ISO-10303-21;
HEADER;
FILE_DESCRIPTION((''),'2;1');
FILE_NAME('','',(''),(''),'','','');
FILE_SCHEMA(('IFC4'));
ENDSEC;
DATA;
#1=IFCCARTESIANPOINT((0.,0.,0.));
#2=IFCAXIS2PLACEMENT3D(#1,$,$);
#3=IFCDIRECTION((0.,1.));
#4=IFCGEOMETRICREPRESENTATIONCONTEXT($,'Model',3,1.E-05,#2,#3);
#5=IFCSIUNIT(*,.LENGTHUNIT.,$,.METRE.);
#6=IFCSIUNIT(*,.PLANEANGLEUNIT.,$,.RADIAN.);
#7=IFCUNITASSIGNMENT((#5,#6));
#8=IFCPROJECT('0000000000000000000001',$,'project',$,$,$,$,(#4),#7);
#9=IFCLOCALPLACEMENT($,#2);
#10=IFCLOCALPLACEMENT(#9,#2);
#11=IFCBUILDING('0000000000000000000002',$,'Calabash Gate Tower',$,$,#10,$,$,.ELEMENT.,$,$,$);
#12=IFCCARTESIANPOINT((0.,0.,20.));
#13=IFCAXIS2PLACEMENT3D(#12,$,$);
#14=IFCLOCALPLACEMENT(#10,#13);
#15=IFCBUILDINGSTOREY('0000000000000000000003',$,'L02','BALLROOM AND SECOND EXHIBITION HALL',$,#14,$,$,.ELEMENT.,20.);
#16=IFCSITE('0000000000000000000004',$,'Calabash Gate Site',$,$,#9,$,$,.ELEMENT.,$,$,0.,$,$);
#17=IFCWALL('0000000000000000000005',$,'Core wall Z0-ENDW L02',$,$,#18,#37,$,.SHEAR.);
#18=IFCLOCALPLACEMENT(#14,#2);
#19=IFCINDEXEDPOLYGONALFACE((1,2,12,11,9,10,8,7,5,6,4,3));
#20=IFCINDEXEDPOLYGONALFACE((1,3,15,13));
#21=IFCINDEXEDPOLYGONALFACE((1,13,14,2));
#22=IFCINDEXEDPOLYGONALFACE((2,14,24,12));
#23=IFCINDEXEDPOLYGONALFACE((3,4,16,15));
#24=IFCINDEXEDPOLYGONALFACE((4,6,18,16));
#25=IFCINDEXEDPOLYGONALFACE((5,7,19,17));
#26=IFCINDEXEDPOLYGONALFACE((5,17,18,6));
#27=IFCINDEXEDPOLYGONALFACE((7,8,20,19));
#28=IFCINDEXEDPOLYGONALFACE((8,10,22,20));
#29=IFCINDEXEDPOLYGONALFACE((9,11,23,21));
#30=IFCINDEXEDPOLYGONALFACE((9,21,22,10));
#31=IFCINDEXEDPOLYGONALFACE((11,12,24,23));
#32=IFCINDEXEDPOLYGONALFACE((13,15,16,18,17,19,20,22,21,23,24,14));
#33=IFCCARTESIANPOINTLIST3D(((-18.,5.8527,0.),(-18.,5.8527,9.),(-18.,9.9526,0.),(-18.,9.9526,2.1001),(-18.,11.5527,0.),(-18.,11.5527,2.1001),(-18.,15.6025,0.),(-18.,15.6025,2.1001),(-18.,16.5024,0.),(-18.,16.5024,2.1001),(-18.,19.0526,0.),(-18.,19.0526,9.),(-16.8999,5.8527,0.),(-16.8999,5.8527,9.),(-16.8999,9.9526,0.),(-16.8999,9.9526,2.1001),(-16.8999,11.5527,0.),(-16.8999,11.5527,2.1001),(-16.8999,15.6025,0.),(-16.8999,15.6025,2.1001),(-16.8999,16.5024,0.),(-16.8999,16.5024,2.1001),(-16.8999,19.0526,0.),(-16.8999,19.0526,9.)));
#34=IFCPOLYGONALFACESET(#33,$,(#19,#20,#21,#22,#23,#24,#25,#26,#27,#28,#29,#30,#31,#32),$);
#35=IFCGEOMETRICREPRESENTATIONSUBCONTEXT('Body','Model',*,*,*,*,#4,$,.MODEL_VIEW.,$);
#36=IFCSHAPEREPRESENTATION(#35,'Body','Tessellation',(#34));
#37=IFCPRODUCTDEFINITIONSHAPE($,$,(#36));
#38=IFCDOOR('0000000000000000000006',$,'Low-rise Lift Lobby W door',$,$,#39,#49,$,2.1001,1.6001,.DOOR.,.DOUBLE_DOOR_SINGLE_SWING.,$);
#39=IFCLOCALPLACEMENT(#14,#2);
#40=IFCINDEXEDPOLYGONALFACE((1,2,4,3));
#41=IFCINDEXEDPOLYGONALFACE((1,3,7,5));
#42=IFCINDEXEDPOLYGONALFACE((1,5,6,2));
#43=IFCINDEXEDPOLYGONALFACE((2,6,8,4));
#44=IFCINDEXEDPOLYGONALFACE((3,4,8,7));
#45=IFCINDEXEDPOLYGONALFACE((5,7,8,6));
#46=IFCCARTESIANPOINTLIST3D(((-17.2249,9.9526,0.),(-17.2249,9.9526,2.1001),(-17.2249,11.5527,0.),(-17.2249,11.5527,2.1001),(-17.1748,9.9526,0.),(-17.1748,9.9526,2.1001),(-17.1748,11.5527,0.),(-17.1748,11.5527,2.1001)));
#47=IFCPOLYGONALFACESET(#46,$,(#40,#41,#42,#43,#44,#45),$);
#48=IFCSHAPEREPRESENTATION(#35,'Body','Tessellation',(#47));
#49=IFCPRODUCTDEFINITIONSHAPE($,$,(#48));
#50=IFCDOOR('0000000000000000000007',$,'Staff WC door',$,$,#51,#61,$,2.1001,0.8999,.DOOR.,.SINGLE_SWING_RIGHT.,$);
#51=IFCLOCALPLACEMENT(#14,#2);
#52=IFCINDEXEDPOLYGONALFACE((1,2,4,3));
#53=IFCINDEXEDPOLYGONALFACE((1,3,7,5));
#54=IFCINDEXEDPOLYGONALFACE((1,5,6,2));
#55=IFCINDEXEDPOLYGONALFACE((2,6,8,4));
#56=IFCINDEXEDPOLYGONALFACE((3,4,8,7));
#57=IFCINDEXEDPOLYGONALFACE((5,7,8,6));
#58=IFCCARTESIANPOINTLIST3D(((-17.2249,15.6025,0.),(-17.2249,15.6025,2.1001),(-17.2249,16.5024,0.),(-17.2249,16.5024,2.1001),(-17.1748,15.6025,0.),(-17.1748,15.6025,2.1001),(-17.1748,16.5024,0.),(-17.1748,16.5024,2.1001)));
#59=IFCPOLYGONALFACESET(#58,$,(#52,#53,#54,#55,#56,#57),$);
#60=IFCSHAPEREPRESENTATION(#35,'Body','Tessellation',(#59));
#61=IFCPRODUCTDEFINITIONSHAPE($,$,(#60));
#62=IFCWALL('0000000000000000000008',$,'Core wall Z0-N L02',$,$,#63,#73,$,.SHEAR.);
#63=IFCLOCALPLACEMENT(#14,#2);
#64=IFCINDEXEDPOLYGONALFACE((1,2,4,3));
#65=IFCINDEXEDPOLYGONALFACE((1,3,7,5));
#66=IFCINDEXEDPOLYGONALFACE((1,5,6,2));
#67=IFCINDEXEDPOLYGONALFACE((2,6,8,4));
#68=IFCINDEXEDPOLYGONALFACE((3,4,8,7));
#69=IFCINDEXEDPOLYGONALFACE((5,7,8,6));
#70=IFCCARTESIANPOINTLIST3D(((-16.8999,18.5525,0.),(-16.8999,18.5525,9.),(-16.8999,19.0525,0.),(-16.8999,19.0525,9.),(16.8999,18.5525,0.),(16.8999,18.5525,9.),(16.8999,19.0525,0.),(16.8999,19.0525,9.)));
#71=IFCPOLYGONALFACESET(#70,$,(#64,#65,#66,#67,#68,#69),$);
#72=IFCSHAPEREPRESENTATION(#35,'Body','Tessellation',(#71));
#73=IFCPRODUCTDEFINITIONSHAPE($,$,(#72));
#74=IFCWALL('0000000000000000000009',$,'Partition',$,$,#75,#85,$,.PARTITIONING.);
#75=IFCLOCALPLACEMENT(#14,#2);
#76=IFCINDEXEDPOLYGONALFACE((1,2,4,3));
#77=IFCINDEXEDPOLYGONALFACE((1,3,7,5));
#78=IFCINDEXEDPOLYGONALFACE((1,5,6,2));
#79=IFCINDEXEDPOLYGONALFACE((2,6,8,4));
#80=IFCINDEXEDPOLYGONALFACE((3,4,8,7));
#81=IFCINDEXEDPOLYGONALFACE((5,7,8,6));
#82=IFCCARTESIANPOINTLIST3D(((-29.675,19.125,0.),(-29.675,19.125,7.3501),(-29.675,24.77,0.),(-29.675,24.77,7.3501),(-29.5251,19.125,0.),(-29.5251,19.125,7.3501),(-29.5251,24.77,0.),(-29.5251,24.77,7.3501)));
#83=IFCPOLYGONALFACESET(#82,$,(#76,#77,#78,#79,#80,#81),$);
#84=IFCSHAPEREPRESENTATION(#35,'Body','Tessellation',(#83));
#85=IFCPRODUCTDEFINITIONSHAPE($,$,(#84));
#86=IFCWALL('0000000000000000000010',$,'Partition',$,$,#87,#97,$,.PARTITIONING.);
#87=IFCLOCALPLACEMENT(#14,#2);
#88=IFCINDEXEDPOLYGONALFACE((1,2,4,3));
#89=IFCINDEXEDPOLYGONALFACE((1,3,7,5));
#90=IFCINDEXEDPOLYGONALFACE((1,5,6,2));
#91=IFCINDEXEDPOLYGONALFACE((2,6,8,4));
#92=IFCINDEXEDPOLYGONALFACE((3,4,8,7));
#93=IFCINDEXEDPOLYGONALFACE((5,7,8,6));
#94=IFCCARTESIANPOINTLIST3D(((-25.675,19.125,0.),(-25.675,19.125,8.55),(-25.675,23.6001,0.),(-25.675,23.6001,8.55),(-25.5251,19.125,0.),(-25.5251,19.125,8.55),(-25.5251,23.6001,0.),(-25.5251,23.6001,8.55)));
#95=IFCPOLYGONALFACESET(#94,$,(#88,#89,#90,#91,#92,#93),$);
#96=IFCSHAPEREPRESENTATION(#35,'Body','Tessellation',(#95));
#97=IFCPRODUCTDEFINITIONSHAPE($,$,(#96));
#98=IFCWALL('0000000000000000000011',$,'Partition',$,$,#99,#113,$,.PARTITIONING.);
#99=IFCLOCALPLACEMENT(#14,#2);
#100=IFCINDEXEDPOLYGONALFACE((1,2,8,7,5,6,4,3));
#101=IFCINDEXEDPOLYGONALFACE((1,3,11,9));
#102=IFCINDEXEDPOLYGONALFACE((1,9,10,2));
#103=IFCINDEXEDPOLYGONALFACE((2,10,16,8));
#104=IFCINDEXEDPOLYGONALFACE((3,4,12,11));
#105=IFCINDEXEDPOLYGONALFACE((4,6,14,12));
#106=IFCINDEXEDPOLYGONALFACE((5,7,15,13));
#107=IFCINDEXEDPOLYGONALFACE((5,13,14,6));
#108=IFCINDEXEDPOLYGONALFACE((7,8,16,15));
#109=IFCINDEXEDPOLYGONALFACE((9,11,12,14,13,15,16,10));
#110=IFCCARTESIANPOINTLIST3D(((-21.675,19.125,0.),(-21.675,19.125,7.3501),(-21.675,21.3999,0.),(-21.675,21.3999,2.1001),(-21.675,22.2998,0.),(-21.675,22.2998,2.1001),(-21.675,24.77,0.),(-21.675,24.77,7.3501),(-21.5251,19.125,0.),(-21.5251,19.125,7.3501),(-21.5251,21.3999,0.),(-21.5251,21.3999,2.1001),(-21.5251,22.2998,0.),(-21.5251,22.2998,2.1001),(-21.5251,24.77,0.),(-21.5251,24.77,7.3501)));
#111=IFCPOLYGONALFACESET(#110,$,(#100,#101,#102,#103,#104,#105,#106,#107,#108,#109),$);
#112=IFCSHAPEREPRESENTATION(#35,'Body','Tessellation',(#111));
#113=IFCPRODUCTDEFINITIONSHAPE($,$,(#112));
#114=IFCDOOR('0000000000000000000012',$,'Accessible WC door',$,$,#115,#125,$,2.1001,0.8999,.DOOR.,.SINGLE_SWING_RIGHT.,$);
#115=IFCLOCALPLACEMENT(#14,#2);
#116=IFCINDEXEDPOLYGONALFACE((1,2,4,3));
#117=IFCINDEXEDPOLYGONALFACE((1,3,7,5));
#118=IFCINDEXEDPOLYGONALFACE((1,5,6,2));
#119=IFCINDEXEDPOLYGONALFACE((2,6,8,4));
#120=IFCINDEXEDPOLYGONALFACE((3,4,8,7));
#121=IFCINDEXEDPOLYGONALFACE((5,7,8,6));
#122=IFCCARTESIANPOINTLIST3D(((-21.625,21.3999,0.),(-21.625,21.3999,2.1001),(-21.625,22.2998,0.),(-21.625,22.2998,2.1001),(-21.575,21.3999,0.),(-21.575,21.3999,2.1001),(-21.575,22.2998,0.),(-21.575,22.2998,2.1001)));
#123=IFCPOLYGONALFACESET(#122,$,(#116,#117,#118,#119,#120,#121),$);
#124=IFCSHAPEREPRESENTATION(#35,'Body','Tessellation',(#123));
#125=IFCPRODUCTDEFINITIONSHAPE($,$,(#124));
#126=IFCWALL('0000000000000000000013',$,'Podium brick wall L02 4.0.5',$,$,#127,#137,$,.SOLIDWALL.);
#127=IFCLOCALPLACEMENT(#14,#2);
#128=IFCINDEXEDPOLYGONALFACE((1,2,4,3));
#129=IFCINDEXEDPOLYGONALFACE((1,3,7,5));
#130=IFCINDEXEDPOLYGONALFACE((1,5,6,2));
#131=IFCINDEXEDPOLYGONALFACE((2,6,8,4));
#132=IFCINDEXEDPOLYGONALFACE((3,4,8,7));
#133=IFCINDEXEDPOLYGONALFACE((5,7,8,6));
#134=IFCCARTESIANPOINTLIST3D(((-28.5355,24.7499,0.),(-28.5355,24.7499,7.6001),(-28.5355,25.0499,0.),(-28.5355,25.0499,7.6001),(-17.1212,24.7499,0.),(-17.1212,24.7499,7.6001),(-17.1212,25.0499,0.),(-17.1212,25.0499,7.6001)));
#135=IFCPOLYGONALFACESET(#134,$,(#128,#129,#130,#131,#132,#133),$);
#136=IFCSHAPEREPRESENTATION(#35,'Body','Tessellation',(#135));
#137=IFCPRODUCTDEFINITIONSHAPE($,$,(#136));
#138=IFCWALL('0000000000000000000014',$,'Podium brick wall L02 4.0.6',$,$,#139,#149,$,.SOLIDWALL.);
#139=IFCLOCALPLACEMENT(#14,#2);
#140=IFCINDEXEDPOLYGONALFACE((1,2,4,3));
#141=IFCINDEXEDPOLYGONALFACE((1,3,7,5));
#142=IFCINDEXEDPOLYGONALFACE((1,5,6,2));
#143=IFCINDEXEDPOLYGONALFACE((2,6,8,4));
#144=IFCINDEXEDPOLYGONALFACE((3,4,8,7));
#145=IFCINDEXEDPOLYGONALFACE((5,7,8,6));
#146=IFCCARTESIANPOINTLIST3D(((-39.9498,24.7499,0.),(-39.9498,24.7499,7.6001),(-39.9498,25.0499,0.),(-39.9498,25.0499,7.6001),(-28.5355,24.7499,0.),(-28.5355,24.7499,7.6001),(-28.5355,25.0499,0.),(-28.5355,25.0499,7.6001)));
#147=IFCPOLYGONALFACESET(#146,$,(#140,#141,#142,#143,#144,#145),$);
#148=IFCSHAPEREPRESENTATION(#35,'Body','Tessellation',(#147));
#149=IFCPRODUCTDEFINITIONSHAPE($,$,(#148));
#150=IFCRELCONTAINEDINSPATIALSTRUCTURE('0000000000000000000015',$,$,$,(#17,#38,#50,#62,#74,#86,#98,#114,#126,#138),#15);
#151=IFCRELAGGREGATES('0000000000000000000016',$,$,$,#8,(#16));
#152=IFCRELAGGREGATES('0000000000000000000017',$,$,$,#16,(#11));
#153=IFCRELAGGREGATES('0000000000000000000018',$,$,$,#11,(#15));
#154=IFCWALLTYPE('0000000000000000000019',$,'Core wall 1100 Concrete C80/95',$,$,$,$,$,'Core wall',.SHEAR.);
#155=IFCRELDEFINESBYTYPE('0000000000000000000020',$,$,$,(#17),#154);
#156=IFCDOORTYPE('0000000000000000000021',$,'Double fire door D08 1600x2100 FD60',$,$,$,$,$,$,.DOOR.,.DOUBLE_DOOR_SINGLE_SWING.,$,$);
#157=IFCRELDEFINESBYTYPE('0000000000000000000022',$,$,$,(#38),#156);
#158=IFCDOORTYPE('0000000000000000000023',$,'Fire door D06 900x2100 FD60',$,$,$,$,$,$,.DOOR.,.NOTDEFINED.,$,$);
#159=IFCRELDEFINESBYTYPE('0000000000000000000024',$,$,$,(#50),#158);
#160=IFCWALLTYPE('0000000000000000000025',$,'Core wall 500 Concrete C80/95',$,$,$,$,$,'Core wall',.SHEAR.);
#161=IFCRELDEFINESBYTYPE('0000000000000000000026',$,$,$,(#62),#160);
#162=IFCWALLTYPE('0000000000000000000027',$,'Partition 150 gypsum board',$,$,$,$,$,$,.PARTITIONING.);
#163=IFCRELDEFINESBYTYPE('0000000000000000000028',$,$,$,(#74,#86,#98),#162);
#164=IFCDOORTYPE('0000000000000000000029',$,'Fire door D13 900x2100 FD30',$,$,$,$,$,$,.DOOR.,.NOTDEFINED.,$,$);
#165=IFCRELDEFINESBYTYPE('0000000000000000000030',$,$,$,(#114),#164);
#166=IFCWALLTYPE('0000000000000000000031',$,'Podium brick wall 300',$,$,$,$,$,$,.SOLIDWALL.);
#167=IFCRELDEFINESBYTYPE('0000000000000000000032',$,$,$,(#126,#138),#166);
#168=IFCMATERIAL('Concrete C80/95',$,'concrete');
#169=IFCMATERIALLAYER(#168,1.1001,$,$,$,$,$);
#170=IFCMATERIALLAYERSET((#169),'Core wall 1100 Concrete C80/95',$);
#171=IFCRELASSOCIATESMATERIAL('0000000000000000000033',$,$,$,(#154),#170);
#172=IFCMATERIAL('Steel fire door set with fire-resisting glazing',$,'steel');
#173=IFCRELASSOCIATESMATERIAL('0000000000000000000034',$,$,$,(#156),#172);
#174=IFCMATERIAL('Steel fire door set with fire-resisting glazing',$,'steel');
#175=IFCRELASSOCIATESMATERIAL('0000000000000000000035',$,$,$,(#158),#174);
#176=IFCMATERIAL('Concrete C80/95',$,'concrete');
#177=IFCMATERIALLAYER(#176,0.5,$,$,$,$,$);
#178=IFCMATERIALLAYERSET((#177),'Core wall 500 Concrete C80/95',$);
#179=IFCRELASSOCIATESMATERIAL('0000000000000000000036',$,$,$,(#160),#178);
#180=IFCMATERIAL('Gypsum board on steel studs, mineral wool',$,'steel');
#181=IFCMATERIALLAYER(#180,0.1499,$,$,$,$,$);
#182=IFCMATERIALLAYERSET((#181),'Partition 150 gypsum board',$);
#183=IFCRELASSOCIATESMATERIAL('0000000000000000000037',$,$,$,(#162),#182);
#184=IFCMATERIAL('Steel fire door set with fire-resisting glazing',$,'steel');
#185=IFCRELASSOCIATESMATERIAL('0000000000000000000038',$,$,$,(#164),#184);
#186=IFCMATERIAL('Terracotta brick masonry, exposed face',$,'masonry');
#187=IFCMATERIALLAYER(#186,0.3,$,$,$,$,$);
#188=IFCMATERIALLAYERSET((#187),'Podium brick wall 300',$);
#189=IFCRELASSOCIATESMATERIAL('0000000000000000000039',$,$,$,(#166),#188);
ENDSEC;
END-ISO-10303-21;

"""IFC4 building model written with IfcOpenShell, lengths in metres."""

from ifc_helpers import new_model, si_unit, direction, frame, frame_2d, origin, place, context, subcontext, project, spatial, rectangle, extrude, material, layer, layer_set, type_object, element, fill, save


model = new_model("IFC4")

# Units and contexts
model_context = context("Model", 3, precision=1e-05, world=origin(), true_north=direction((0.0, 1.0)))
body_context = subcontext(model_context, "Body", "Model", "MODEL_VIEW")
ifc_project = project(units=[si_unit("LENGTHUNIT", "METRE"), si_unit("PLANEANGLEUNIT", "RADIAN")], contexts=[model_context])

# Site, building, storey
site_placement = place(None, origin())
site = spatial("IfcSite", under=ifc_project, at=site_placement, Name="Calabash Gate Site", CompositionType="ELEMENT", RefElevation=0.0)
building_placement = place(site_placement, origin())
building = spatial("IfcBuilding", under=site, at=building_placement, Name="Calabash Gate Tower", CompositionType="ELEMENT")
storey_placement = place(building_placement, frame((0.0, 0.0, 20.0)))
storey = spatial("IfcBuildingStorey", under=building, at=storey_placement, Name="L02", Description="BALLROOM AND SECOND EXHIBITION HALL", CompositionType="ELEMENT", Elevation=20.0)

# Wall, openings, doors
ifc_material_1 = material(Name="Concrete C80/95", Category="concrete")
ifc_layer_1 = layer(ifc_material_1, 1.1001)
ifc_layer_set_1 = layer_set([ifc_layer_1], Name="Core wall 1100 Concrete C80/95")
wall_type_1 = type_object("IfcWallType", Name="Core wall 1100 Concrete C80/95", ElementType="Core wall", PredefinedType="SHEAR", material=ifc_layer_set_1)
wall_1_placement = place(storey_placement, frame((-17.45, 5.8525, 0.0), z_axis=(0.0, 0.0, 1.0), x_axis=(0.0, 1.0, 0.0)))
wall_1 = element("IfcWall", 1, at=wall_1_placement, inside=storey, type_object=wall_type_1, Name="Core wall Z0-ENDW L02", PredefinedType="SHEAR", context=body_context, shape_type="SweptSolid", body=[
    extrude(rectangle(XDim=13.2, YDim=1.1001, at=frame_2d((6.6001, 0.0))), origin(), (0.0, 0.0, 1.0), 9.0),
])
opening_1_placement = place(wall_1_placement, frame((4.1001, 0.0, 0.0)))
opening_1 = element("IfcOpeningElement", 2, at=opening_1_placement, cuts=wall_1, PredefinedType="OPENING", context=body_context, shape_type="SweptSolid", body=[
    extrude(rectangle(XDim=1.6001, YDim=2.1001, at=frame_2d((0.8, 1.05))), frame((0.0, 0.5601, 0.0), z_axis=(0.0, -1.0, 0.0), x_axis=(1.0, 0.0, 0.0)), (0.0, 0.0, 1.0), 1.1201),
])
opening_2_placement = place(wall_1_placement, frame((9.75, 0.0, 0.0)))
opening_2 = element("IfcOpeningElement", 3, at=opening_2_placement, cuts=wall_1, PredefinedType="OPENING", context=body_context, shape_type="SweptSolid", body=[
    extrude(rectangle(XDim=0.8999, YDim=2.1001, at=frame_2d((0.45, 1.05))), frame((0.0, 0.5601, 0.0), z_axis=(0.0, -1.0, 0.0), x_axis=(1.0, 0.0, 0.0)), (0.0, 0.0, 1.0), 1.1201),
])
ifc_material_2 = material(Name="Steel fire door set with fire-resisting glazing", Category="steel")
door_type_1 = type_object("IfcDoorType", Name="Double fire door D08 1600x2100 FD60", OperationType="DOUBLE_DOOR_SINGLE_SWING", PredefinedType="DOOR", material=ifc_material_2)
door_1_placement = place(opening_1_placement, origin())
door_1 = element("IfcDoor", 4, at=door_1_placement, inside=storey, type_object=door_type_1, Name="Low-rise Lift Lobby W door", OperationType="DOUBLE_DOOR_SINGLE_SWING", OverallHeight=2.1001, OverallWidth=1.6001, PredefinedType="DOOR", context=body_context, shape_type="SweptSolid", body=[
    extrude(rectangle(XDim=1.6001, YDim=2.1001, at=frame_2d((0.8, 1.05))), frame((0.0, -0.2251, 0.0), z_axis=(0.0, -1.0, 0.0), x_axis=(1.0, 0.0, 0.0)), (0.0, 0.0, 1.0), 0.05),
])
fill(opening_1, door_1)
ifc_material_3 = material(Name="Steel fire door set with fire-resisting glazing", Category="steel")
door_type_2 = type_object("IfcDoorType", Name="Fire door D06 900x2100 FD60", OperationType="NOTDEFINED", PredefinedType="DOOR", material=ifc_material_3)
door_2_placement = place(opening_2_placement, origin())
door_2 = element("IfcDoor", 5, at=door_2_placement, inside=storey, type_object=door_type_2, Name="Staff WC door", OperationType="SINGLE_SWING_RIGHT", OverallHeight=2.1001, OverallWidth=0.8999, PredefinedType="DOOR", context=body_context, shape_type="SweptSolid", body=[
    extrude(rectangle(XDim=0.8999, YDim=2.1001, at=frame_2d((0.45, 1.05))), frame((0.0, -0.2251, 0.0), z_axis=(0.0, -1.0, 0.0), x_axis=(1.0, 0.0, 0.0)), (0.0, 0.0, 1.0), 0.05),
])
fill(opening_2, door_2)

# Walls
ifc_material_4 = material(Name="Concrete C80/95", Category="concrete")
ifc_layer_2 = layer(ifc_material_4, 0.5)
ifc_layer_set_2 = layer_set([ifc_layer_2], Name="Core wall 500 Concrete C80/95")
wall_type_2 = type_object("IfcWallType", Name="Core wall 500 Concrete C80/95", ElementType="Core wall", PredefinedType="SHEAR", material=ifc_layer_set_2)
wall_2_placement = place(storey_placement, frame((-16.8999, 18.8025, 0.0), z_axis=(0.0, 0.0, 1.0), x_axis=(1.0, 0.0, 0.0)))
element("IfcWall", 6, at=wall_2_placement, inside=storey, type_object=wall_type_2, Name="Core wall Z0-N L02", PredefinedType="SHEAR", context=body_context, shape_type="SweptSolid", body=[
    extrude(rectangle(XDim=33.7998, YDim=0.5, at=frame_2d((16.8999, 0.0))), origin(), (0.0, 0.0, 1.0), 9.0),
])
ifc_material_5 = material(Name="Gypsum board on steel studs, mineral wool", Category="steel")
ifc_layer_3 = layer(ifc_material_5, 0.1499)
ifc_layer_set_3 = layer_set([ifc_layer_3], Name="Partition 150 gypsum board")
wall_type_3 = type_object("IfcWallType", Name="Partition 150 gypsum board", PredefinedType="PARTITIONING", material=ifc_layer_set_3)
wall_3_placement = place(storey_placement, frame((-29.6001, 19.125, 0.0), z_axis=(0.0, 0.0, 1.0), x_axis=(0.0, 1.0, 0.0)))
element("IfcWall", 7, at=wall_3_placement, inside=storey, type_object=wall_type_3, Name="Partition", PredefinedType="PARTITIONING", context=body_context, shape_type="SweptSolid", body=[
    extrude(rectangle(XDim=5.645, YDim=0.1499, at=frame_2d((2.8225, 0.0))), origin(), (0.0, 0.0, 1.0), 7.3501),
])
wall_4_placement = place(storey_placement, frame((-25.6001, 19.125, 0.0), z_axis=(0.0, 0.0, 1.0), x_axis=(0.0, 1.0, 0.0)))
element("IfcWall", 8, at=wall_4_placement, inside=storey, type_object=wall_type_3, Name="Partition", PredefinedType="PARTITIONING", context=body_context, shape_type="SweptSolid", body=[
    extrude(rectangle(XDim=4.4751, YDim=0.1499, at=frame_2d((2.2375, 0.0))), origin(), (0.0, 0.0, 1.0), 8.55),
])

# Wall, opening, door
wall_5_placement = place(storey_placement, frame((-21.6001, 19.125, 0.0), z_axis=(0.0, 0.0, 1.0), x_axis=(0.0, 1.0, 0.0)))
wall_5 = element("IfcWall", 9, at=wall_5_placement, inside=storey, type_object=wall_type_3, Name="Partition", PredefinedType="PARTITIONING", context=body_context, shape_type="SweptSolid", body=[
    extrude(rectangle(XDim=5.645, YDim=0.1499, at=frame_2d((2.8225, 0.0))), origin(), (0.0, 0.0, 1.0), 7.3501),
])
opening_3_placement = place(wall_5_placement, frame((2.2749, 0.0, 0.0)))
opening_3 = element("IfcOpeningElement", 10, at=opening_3_placement, cuts=wall_5, PredefinedType="OPENING", context=body_context, shape_type="SweptSolid", body=[
    extrude(rectangle(XDim=0.8999, YDim=2.1001, at=frame_2d((0.45, 1.05))), frame((0.0, 0.085, 0.0), z_axis=(0.0, -1.0, 0.0), x_axis=(1.0, 0.0, 0.0)), (0.0, 0.0, 1.0), 0.1699),
])
ifc_material_6 = material(Name="Steel fire door set with fire-resisting glazing", Category="steel")
door_type_3 = type_object("IfcDoorType", Name="Fire door D13 900x2100 FD30", OperationType="NOTDEFINED", PredefinedType="DOOR", material=ifc_material_6)
door_3_placement = place(opening_3_placement, origin())
door_3 = element("IfcDoor", 11, at=door_3_placement, inside=storey, type_object=door_type_3, Name="Accessible WC door", OperationType="SINGLE_SWING_RIGHT", OverallHeight=2.1001, OverallWidth=0.8999, PredefinedType="DOOR", context=body_context, shape_type="SweptSolid", body=[
    extrude(rectangle(XDim=0.8999, YDim=2.1001, at=frame_2d((0.45, 1.05))), frame((0.0, 0.0249, 0.0), z_axis=(0.0, -1.0, 0.0), x_axis=(1.0, 0.0, 0.0)), (0.0, 0.0, 1.0), 0.05),
])
fill(opening_3, door_3)

# Walls
ifc_material_7 = material(Name="Terracotta brick masonry, exposed face", Category="masonry")
ifc_layer_4 = layer(ifc_material_7, 0.3)
ifc_layer_set_4 = layer_set([ifc_layer_4], Name="Podium brick wall 300")
wall_type_4 = type_object("IfcWallType", Name="Podium brick wall 300", PredefinedType="SOLIDWALL", material=ifc_layer_set_4)
for number, where, z_axis, x_axis, name in (
    (12, (-17.1213, 24.8999, 0.0), (0.0, 0.0, 1.0), (-1.0, 0.0, 0.0), "Podium brick wall L02 4.0.5"),
    (13, (-28.5356, 24.8999, 0.0), (0.0, 0.0, 1.0), (-1.0, 0.0, 0.0), "Podium brick wall L02 4.0.6"),
):
    element("IfcWall", number, at=place(storey_placement, frame(where, z_axis=z_axis, x_axis=x_axis)), inside=storey, type_object=wall_type_4, Name=name, PredefinedType="SOLIDWALL", context=body_context, shape_type="SweptSolid", body=[
        extrude(rectangle(XDim=11.4143, YDim=0.3, at=frame_2d((5.707, 0.0))), origin(), (0.0, 0.0, 1.0), 7.6001),
    ])

save(model, "model.ifc")
